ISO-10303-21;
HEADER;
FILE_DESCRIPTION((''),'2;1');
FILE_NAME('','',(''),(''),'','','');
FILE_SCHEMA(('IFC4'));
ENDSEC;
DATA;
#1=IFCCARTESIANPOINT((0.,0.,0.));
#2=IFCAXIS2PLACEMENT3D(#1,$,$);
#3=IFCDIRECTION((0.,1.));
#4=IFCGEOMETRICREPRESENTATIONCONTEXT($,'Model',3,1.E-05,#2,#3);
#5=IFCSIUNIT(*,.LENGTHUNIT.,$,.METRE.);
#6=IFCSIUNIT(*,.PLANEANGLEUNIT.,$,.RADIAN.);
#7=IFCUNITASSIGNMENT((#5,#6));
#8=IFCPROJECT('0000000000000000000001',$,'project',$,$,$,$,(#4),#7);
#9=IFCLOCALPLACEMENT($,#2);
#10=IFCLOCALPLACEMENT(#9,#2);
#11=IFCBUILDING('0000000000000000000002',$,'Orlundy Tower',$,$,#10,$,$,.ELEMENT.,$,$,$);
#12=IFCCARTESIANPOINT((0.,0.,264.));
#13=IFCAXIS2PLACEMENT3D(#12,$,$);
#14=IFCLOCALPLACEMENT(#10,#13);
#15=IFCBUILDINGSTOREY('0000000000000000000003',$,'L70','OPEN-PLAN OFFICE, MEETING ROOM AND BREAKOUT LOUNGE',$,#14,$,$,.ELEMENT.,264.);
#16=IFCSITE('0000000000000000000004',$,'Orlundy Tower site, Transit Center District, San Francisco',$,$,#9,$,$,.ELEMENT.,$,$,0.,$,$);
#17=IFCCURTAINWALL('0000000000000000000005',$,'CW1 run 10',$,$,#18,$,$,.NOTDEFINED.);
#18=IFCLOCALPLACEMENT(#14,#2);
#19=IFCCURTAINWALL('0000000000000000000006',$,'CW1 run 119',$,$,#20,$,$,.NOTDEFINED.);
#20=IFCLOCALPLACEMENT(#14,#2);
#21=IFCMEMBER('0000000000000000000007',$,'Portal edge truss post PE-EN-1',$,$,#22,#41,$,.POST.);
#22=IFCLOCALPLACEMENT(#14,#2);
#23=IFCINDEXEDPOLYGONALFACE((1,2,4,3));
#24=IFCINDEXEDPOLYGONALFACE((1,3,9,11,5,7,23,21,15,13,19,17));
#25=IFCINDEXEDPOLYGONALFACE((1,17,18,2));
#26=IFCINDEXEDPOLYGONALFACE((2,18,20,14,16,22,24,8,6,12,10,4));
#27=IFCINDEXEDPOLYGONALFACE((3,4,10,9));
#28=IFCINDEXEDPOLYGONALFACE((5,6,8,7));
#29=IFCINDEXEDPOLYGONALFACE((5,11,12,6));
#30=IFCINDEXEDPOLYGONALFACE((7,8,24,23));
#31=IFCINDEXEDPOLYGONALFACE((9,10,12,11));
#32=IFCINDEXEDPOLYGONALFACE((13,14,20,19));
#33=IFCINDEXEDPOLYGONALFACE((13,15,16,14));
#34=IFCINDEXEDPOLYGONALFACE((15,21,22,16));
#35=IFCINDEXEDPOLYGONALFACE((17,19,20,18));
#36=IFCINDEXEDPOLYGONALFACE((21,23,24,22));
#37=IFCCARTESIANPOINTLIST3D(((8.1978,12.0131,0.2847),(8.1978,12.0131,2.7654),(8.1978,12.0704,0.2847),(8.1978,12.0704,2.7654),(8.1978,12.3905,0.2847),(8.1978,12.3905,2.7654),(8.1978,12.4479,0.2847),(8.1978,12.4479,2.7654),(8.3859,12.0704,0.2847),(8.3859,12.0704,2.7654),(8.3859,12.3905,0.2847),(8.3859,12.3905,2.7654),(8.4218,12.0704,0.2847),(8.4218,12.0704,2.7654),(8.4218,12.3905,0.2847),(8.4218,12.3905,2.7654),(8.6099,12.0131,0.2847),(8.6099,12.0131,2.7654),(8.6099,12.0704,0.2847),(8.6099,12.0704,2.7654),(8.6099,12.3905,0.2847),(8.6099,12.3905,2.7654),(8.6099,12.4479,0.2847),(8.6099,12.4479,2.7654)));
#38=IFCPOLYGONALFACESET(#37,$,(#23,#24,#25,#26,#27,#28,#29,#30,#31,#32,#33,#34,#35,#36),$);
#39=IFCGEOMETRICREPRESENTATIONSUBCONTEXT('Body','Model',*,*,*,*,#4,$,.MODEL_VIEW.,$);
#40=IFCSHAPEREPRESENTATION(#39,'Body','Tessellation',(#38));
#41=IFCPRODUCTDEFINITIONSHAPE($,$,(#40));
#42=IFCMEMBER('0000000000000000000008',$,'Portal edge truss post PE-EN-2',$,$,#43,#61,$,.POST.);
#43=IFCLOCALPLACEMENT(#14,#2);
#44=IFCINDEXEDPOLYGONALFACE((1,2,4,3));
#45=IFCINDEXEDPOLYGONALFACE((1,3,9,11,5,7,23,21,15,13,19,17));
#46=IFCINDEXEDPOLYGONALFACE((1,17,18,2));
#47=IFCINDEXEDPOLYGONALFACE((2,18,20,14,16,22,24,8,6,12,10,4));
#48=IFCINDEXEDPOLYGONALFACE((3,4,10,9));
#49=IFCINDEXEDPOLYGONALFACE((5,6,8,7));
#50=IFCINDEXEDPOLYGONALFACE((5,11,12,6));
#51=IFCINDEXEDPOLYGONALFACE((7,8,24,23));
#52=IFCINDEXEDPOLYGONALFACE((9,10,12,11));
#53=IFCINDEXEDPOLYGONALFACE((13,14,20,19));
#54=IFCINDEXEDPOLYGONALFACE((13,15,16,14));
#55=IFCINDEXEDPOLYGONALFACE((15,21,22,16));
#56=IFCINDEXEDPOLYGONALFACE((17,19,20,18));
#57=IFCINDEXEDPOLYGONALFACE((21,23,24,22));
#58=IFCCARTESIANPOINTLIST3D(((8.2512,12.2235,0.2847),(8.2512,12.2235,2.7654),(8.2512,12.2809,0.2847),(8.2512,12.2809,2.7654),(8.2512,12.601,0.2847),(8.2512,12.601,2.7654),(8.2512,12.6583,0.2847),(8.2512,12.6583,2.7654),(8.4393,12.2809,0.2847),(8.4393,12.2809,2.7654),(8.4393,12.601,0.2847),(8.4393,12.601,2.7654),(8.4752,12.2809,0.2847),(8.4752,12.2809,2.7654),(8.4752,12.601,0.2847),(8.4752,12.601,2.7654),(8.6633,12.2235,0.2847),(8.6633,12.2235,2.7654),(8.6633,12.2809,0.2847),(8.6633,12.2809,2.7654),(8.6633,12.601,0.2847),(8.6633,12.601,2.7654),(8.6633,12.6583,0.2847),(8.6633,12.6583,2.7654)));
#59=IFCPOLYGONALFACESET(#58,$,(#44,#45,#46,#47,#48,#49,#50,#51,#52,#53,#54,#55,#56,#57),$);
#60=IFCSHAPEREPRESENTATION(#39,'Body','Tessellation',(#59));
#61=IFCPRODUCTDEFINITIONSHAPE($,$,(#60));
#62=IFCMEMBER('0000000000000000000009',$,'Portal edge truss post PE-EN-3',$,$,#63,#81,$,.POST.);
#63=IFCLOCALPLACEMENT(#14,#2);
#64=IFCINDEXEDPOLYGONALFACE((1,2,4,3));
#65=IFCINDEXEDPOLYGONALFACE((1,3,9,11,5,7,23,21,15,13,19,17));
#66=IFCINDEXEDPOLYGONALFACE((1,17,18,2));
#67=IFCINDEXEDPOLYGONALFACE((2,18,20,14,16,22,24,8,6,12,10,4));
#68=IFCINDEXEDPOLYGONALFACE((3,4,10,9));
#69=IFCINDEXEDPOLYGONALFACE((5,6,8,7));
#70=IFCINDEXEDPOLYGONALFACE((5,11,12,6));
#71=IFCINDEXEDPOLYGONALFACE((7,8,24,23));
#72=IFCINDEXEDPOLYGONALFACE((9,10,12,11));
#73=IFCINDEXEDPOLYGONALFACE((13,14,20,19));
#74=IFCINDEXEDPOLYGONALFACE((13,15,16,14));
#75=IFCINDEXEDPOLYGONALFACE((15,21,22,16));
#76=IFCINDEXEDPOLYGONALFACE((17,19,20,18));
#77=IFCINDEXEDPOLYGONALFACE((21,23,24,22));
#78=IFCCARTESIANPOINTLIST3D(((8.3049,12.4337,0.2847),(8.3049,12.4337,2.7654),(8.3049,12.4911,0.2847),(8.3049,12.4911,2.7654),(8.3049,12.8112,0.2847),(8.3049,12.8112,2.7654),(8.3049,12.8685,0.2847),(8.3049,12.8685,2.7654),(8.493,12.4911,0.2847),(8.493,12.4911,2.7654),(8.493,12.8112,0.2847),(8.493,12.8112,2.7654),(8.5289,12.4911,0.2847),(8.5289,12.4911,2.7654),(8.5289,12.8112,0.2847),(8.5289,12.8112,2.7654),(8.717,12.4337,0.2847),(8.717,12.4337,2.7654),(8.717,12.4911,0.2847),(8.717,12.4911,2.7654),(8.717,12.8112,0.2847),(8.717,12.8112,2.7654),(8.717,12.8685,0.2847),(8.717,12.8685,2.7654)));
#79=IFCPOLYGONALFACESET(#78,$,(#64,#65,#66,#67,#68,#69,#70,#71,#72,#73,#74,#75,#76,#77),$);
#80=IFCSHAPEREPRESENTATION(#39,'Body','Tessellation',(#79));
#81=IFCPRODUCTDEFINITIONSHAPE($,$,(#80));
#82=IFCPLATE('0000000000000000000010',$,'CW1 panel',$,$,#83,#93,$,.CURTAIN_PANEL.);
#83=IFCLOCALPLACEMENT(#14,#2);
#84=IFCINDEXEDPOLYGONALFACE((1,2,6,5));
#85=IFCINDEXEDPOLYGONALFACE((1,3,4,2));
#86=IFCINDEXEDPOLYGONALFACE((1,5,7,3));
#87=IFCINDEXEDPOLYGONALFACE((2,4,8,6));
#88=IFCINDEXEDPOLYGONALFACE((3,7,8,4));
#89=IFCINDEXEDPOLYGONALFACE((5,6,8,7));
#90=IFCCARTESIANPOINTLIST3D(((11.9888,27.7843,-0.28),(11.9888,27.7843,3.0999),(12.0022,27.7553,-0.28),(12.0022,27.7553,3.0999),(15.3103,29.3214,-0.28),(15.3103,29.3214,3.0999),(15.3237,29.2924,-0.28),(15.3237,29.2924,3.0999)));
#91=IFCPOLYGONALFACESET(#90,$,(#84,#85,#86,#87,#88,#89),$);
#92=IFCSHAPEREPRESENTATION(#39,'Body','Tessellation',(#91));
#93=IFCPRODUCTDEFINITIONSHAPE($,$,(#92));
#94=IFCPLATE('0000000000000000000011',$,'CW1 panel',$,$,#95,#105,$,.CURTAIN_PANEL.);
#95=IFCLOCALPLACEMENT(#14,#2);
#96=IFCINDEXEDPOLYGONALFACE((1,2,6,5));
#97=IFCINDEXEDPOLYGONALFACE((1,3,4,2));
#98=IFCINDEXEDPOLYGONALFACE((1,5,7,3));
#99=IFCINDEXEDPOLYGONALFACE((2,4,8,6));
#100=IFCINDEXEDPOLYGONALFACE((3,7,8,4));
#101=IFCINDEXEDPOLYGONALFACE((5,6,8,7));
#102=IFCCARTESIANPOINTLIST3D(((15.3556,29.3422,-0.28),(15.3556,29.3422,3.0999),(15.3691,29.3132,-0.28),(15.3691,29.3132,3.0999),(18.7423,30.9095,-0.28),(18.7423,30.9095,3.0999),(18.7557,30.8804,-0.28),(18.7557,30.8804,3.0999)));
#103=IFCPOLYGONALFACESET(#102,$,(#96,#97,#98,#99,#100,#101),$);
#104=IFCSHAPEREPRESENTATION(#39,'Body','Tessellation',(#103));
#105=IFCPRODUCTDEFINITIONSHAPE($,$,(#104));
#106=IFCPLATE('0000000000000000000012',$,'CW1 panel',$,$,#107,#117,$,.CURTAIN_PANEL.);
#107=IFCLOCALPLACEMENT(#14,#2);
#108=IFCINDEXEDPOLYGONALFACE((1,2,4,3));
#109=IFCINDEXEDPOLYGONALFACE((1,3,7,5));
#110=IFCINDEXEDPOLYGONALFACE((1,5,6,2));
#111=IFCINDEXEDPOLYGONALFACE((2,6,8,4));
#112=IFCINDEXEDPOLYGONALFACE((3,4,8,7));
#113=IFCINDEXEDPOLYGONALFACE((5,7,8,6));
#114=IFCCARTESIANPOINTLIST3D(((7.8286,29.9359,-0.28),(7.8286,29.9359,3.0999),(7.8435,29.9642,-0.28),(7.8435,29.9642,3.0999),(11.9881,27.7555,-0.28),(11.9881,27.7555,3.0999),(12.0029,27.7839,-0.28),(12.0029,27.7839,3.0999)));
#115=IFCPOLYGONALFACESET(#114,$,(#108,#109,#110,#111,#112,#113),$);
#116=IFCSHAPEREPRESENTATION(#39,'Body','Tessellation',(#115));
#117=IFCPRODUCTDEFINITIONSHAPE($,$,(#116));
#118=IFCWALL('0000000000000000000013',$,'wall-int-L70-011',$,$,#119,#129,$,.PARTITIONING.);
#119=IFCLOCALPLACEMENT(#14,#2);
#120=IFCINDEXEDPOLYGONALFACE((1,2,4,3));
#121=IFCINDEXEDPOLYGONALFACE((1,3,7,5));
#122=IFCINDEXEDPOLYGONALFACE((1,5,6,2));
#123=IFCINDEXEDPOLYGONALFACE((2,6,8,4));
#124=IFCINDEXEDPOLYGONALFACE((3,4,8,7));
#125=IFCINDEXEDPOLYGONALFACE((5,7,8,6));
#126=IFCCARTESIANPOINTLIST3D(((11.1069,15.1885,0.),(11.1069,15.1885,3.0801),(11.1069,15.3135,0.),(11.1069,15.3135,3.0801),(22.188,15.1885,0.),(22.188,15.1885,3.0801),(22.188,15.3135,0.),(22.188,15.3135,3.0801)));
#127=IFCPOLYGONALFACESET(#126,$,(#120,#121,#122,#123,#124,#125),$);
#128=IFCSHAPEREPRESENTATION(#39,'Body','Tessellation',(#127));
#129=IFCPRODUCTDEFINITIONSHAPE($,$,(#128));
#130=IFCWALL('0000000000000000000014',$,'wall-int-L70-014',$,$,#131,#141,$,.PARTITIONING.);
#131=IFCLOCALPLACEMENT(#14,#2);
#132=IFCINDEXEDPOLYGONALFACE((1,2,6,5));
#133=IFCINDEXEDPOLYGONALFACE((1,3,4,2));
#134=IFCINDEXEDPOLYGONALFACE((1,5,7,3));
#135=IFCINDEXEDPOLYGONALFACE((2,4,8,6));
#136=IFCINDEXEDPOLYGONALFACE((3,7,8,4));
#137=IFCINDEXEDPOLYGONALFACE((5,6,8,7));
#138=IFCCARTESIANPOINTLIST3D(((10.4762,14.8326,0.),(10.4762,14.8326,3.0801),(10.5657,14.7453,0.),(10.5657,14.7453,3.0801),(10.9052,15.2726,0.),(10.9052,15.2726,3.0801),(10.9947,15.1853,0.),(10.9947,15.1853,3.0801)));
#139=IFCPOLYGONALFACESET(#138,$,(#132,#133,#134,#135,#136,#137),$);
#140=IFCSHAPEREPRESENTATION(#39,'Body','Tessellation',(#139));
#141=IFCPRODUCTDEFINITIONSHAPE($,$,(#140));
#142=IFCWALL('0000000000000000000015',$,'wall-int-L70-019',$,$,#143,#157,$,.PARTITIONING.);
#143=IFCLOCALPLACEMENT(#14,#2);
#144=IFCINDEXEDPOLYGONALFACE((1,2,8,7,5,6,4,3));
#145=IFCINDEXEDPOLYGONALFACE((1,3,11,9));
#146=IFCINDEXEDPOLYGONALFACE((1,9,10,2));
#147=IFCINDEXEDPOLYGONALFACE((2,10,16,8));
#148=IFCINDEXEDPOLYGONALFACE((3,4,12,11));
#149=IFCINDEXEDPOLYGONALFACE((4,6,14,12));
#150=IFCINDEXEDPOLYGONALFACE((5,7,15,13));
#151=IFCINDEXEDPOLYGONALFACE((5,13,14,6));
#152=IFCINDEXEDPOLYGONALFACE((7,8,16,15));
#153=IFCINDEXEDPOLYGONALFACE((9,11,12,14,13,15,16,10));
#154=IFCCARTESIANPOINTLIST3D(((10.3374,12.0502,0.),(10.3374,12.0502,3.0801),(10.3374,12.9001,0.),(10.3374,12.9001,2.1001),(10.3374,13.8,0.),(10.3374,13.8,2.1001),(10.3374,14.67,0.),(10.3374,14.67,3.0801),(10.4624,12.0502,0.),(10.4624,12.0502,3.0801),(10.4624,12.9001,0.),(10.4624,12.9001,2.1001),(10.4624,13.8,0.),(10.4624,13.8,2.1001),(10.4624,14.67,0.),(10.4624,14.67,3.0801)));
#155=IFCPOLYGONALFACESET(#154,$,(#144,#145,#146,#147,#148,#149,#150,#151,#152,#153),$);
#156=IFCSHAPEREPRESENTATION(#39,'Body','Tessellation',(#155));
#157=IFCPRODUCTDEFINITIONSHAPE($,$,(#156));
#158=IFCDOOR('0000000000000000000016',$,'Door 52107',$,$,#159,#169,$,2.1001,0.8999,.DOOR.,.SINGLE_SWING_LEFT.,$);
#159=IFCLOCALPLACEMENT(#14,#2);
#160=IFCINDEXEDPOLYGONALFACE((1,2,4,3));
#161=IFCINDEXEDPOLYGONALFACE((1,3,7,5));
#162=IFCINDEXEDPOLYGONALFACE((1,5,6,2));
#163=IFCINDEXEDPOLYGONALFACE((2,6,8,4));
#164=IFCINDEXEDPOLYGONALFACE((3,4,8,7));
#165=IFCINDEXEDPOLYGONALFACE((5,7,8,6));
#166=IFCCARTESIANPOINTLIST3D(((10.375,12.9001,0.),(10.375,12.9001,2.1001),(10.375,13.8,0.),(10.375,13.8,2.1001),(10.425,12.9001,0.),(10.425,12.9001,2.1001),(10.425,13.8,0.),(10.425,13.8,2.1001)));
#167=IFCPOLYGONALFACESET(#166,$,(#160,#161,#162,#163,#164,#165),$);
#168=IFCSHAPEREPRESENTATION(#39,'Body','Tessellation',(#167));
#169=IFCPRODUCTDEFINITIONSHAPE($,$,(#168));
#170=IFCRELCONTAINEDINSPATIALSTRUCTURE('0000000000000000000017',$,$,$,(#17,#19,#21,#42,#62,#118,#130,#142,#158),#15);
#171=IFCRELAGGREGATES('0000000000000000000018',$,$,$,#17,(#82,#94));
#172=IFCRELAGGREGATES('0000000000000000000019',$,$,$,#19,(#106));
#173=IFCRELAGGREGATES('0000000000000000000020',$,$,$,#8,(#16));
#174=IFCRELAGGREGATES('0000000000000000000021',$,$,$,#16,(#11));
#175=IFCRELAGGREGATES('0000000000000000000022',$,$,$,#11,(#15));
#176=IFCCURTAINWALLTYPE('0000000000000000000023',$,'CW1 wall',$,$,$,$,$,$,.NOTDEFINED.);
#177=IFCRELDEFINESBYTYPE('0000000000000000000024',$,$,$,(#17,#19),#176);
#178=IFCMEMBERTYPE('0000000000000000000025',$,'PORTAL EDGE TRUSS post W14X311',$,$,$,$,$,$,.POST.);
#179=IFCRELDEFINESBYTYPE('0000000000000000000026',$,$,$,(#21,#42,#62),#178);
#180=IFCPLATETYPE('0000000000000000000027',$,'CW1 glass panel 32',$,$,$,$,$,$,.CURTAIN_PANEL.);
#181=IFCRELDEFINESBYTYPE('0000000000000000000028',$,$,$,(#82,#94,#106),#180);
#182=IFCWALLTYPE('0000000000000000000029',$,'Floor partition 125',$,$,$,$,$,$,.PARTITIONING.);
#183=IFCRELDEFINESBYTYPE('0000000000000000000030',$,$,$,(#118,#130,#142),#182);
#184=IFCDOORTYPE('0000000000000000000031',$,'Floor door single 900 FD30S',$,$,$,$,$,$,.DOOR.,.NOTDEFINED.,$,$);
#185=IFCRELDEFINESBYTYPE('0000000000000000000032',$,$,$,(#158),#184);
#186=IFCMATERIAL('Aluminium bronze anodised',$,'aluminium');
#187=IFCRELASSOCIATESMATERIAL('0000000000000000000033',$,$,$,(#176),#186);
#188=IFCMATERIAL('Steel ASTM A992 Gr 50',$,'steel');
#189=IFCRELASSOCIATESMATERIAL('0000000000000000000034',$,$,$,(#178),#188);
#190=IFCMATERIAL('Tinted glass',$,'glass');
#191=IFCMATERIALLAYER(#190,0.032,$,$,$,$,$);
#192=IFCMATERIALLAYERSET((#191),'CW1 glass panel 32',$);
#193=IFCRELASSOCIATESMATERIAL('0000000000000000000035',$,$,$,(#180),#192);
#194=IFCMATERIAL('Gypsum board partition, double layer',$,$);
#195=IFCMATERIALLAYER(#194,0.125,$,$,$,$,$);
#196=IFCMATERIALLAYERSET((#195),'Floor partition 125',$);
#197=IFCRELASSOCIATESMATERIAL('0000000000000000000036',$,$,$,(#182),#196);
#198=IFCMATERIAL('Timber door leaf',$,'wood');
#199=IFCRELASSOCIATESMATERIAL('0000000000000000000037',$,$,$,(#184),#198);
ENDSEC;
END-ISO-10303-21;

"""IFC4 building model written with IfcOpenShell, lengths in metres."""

from ifc_helpers import new_model, si_unit, direction, frame, frame_2d, origin, origin_2d, place, context, subcontext, project, spatial, rectangle, i_section, extrude, material, layer, layer_set, material_profile, profile_set, type_object, element, fill, aggregate, save


model = new_model("IFC4")

# Units and contexts
model_context = context("Model", 3, precision=1e-05, world=origin(), true_north=direction((0.0, 1.0)))
body_context = subcontext(model_context, "Body", "Model", "MODEL_VIEW")
ifc_project = project(units=[si_unit("LENGTHUNIT", "METRE"), si_unit("PLANEANGLEUNIT", "RADIAN")], contexts=[model_context])

# Site, building, storey
site_placement = place(None, origin())
site = spatial("IfcSite", under=ifc_project, at=site_placement, Name="Orlundy Tower site, Transit Center District, San Francisco", CompositionType="ELEMENT", RefElevation=0.0)
building_placement = place(site_placement, origin())
building = spatial("IfcBuilding", under=site, at=building_placement, Name="Orlundy Tower", CompositionType="ELEMENT")
storey_placement = place(building_placement, frame((0.0, 0.0, 264.0)))
storey = spatial("IfcBuildingStorey", under=building, at=storey_placement, Name="L70", Description="OPEN-PLAN OFFICE, MEETING ROOM AND BREAKOUT LOUNGE", CompositionType="ELEMENT", Elevation=264.0)

# Curtain walls
ifc_material_1 = material(Name="Aluminium bronze anodised", Category="aluminium")
curtain_wall_type = type_object("IfcCurtainWallType", Name="CW1 wall", PredefinedType="NOTDEFINED", material=ifc_material_1)
curtain_wall_1_placement = place(storey_placement, origin())
curtain_wall_1 = element("IfcCurtainWall", 1, at=curtain_wall_1_placement, inside=storey, type_object=curtain_wall_type, Name="CW1 run 10", PredefinedType="NOTDEFINED")
curtain_wall_2_placement = place(storey_placement, origin())
curtain_wall_2 = element("IfcCurtainWall", 2, at=curtain_wall_2_placement, inside=storey, type_object=curtain_wall_type, Name="CW1 run 119", PredefinedType="NOTDEFINED")

# Members
ifc_material_2 = material(Name="Steel ASTM A992 Gr 50", Category="steel")
ifc_material_profile_1 = material_profile(ifc_material_2, i_section(OverallWidth=0.4121, OverallDepth=0.4348, WebThickness=0.0359, FlangeThickness=0.0574, at=origin_2d()), Name="W14X311")
ifc_profile_set_1 = profile_set([ifc_material_profile_1], Name="Steel ASTM A992 Gr 50")
member_type_1 = type_object("IfcMemberType", Name="PORTAL EDGE TRUSS post W14X311", PredefinedType="POST", material=ifc_profile_set_1)
for number, where, z_axis, x_axis, name in (
    (3, (8.4038, 12.2305, 0.2847), (0.0, 0.0, 1.0), (1.0, 0.0, 0.0), "Portal edge truss post PE-EN-1"),
    (4, (8.4573, 12.4409, 0.2847), (0.0, 0.0, 1.0), (1.0, 0.0, 0.0), "Portal edge truss post PE-EN-2"),
    (5, (8.511, 12.6511, 0.2847), (0.0, 0.0, 1.0), (1.0, 0.0, 0.0), "Portal edge truss post PE-EN-3"),
):
    element("IfcMember", number, at=place(storey_placement, frame(where, z_axis=z_axis, x_axis=x_axis)), inside=storey, type_object=member_type_1, Name=name, PredefinedType="POST", context=body_context, shape_type="SweptSolid", body=[
        extrude(i_section(OverallWidth=0.4121, OverallDepth=0.4348, WebThickness=0.0359, FlangeThickness=0.0574, at=origin_2d()), origin(), (0.0, 0.0, 1.0), 2.4807),
    ])

# Plates
ifc_material_3 = material(Name="Tinted glass", Category="glass")
ifc_layer_1 = layer(ifc_material_3, 0.032)
ifc_layer_set_1 = layer_set([ifc_layer_1], Name="CW1 glass panel 32")
plate_type = type_object("IfcPlateType", Name="CW1 glass panel 32", PredefinedType="CURTAIN_PANEL", material=ifc_layer_set_1)
plate_1_placement = place(storey_placement, frame((13.6562, 28.5383, -0.28), z_axis=(0.0, 0.0, 1.0), x_axis=(0.907535, 0.419976, 0.0)))
plate_1 = element("IfcPlate", 6, at=plate_1_placement, type_object=plate_type, Name="CW1 panel", PredefinedType="CURTAIN_PANEL", context=body_context, shape_type="SweptSolid", body=[
    extrude(rectangle(XDim=3.6599, YDim=0.032, at=origin_2d()), origin(), (0.0, 0.0, 1.0), 3.3799),
])
plate_2_placement = place(storey_placement, frame((17.0557, 30.1113, -0.28), z_axis=(0.0, 0.0, 1.0), x_axis=(0.907535, 0.419976, 0.0)))
plate_2 = element("IfcPlate", 7, at=plate_2_placement, type_object=plate_type, Name="CW1 panel", PredefinedType="CURTAIN_PANEL", context=body_context, shape_type="SweptSolid", body=[
    extrude(rectangle(XDim=3.7317, YDim=0.032, at=origin_2d()), origin(), (0.0, 0.0, 1.0), 3.3799),
])
aggregate(curtain_wall_1, [plate_1, plate_2])
plate_3_placement = place(storey_placement, frame((9.9158, 28.8599, -0.28), z_axis=(0.0, 0.0, 1.0), x_axis=(0.885697, -0.464264, 0.0)))
plate_3 = element("IfcPlate", 8, at=plate_3_placement, type_object=plate_type, Name="CW1 panel", PredefinedType="CURTAIN_PANEL", context=body_context, shape_type="SweptSolid", body=[
    extrude(rectangle(XDim=4.6963, YDim=0.032, at=origin_2d()), origin(), (0.0, 0.0, 1.0), 3.3799),
])
aggregate(curtain_wall_2, [plate_3])

# Walls
ifc_material_4 = material(Name="Gypsum board partition, double layer")
ifc_layer_2 = layer(ifc_material_4, 0.125)
ifc_layer_set_2 = layer_set([ifc_layer_2], Name="Floor partition 125")
wall_type = type_object("IfcWallType", Name="Floor partition 125", PredefinedType="PARTITIONING", material=ifc_layer_set_2)
wall_1_placement = place(storey_placement, frame((11.1069, 15.251, 0.0), z_axis=(0.0, 0.0, 1.0), x_axis=(1.0, 0.0, 0.0)))
element("IfcWall", 9, at=wall_1_placement, inside=storey, type_object=wall_type, Name="wall-int-L70-011", PredefinedType="PARTITIONING", context=body_context, shape_type="SweptSolid", body=[
    extrude(rectangle(XDim=11.0811, YDim=0.125, at=frame_2d((5.5405, 0.0))), origin(), (0.0, 0.0, 1.0), 3.0801),
])
wall_2_placement = place(storey_placement, frame((10.521, 14.7891, 0.0), z_axis=(0.0, 0.0, 1.0), x_axis=(0.69811, 0.71599, 0.0)))
element("IfcWall", 10, at=wall_2_placement, inside=storey, type_object=wall_type, Name="wall-int-L70-014", PredefinedType="PARTITIONING", context=body_context, shape_type="SweptSolid", body=[
    extrude(rectangle(XDim=0.6145, YDim=0.125, at=frame_2d((0.3071, 0.0))), origin(), (0.0, 0.0, 1.0), 3.0801),
])

# Wall, opening, door
wall_3_placement = place(storey_placement, frame((10.3999, 12.05, 0.0), z_axis=(0.0, 0.0, 1.0), x_axis=(0.0, 1.0, 0.0)))
wall_3 = element("IfcWall", 11, at=wall_3_placement, inside=storey, type_object=wall_type, Name="wall-int-L70-019", PredefinedType="PARTITIONING", context=body_context, shape_type="SweptSolid", body=[
    extrude(rectangle(XDim=2.6199, YDim=0.125, at=frame_2d((1.3101, 0.0))), origin(), (0.0, 0.0, 1.0), 3.0801),
])
opening_placement = place(wall_3_placement, frame((0.8501, 0.0, 0.0)))
opening = element("IfcOpeningElement", 12, at=opening_placement, cuts=wall_3, PredefinedType="OPENING", context=body_context, shape_type="SweptSolid", body=[
    extrude(rectangle(XDim=0.8999, YDim=2.1001, at=frame_2d((0.45, 1.05))), frame((0.0, 0.0725, 0.0), z_axis=(0.0, -1.0, 0.0), x_axis=(1.0, 0.0, 0.0)), (0.0, 0.0, 1.0), 0.145),
])
ifc_material_5 = material(Name="Timber door leaf", Category="wood")
door_type = type_object("IfcDoorType", Name="Floor door single 900 FD30S", OperationType="NOTDEFINED", PredefinedType="DOOR", material=ifc_material_5)
door_placement = place(opening_placement, origin())
door = element("IfcDoor", 13, at=door_placement, inside=storey, type_object=door_type, Name="Door 52107", OperationType="SINGLE_SWING_LEFT", OverallHeight=2.1001, OverallWidth=0.8999, PredefinedType="DOOR", context=body_context, shape_type="SweptSolid", body=[
    extrude(rectangle(XDim=0.8999, YDim=2.1001, at=frame_2d((0.45, 1.05))), frame((0.0, 0.0249, 0.0), z_axis=(0.0, -1.0, 0.0), x_axis=(1.0, 0.0, 0.0)), (0.0, 0.0, 1.0), 0.05),
])
fill(opening, door)

save(model, "model.ifc")
